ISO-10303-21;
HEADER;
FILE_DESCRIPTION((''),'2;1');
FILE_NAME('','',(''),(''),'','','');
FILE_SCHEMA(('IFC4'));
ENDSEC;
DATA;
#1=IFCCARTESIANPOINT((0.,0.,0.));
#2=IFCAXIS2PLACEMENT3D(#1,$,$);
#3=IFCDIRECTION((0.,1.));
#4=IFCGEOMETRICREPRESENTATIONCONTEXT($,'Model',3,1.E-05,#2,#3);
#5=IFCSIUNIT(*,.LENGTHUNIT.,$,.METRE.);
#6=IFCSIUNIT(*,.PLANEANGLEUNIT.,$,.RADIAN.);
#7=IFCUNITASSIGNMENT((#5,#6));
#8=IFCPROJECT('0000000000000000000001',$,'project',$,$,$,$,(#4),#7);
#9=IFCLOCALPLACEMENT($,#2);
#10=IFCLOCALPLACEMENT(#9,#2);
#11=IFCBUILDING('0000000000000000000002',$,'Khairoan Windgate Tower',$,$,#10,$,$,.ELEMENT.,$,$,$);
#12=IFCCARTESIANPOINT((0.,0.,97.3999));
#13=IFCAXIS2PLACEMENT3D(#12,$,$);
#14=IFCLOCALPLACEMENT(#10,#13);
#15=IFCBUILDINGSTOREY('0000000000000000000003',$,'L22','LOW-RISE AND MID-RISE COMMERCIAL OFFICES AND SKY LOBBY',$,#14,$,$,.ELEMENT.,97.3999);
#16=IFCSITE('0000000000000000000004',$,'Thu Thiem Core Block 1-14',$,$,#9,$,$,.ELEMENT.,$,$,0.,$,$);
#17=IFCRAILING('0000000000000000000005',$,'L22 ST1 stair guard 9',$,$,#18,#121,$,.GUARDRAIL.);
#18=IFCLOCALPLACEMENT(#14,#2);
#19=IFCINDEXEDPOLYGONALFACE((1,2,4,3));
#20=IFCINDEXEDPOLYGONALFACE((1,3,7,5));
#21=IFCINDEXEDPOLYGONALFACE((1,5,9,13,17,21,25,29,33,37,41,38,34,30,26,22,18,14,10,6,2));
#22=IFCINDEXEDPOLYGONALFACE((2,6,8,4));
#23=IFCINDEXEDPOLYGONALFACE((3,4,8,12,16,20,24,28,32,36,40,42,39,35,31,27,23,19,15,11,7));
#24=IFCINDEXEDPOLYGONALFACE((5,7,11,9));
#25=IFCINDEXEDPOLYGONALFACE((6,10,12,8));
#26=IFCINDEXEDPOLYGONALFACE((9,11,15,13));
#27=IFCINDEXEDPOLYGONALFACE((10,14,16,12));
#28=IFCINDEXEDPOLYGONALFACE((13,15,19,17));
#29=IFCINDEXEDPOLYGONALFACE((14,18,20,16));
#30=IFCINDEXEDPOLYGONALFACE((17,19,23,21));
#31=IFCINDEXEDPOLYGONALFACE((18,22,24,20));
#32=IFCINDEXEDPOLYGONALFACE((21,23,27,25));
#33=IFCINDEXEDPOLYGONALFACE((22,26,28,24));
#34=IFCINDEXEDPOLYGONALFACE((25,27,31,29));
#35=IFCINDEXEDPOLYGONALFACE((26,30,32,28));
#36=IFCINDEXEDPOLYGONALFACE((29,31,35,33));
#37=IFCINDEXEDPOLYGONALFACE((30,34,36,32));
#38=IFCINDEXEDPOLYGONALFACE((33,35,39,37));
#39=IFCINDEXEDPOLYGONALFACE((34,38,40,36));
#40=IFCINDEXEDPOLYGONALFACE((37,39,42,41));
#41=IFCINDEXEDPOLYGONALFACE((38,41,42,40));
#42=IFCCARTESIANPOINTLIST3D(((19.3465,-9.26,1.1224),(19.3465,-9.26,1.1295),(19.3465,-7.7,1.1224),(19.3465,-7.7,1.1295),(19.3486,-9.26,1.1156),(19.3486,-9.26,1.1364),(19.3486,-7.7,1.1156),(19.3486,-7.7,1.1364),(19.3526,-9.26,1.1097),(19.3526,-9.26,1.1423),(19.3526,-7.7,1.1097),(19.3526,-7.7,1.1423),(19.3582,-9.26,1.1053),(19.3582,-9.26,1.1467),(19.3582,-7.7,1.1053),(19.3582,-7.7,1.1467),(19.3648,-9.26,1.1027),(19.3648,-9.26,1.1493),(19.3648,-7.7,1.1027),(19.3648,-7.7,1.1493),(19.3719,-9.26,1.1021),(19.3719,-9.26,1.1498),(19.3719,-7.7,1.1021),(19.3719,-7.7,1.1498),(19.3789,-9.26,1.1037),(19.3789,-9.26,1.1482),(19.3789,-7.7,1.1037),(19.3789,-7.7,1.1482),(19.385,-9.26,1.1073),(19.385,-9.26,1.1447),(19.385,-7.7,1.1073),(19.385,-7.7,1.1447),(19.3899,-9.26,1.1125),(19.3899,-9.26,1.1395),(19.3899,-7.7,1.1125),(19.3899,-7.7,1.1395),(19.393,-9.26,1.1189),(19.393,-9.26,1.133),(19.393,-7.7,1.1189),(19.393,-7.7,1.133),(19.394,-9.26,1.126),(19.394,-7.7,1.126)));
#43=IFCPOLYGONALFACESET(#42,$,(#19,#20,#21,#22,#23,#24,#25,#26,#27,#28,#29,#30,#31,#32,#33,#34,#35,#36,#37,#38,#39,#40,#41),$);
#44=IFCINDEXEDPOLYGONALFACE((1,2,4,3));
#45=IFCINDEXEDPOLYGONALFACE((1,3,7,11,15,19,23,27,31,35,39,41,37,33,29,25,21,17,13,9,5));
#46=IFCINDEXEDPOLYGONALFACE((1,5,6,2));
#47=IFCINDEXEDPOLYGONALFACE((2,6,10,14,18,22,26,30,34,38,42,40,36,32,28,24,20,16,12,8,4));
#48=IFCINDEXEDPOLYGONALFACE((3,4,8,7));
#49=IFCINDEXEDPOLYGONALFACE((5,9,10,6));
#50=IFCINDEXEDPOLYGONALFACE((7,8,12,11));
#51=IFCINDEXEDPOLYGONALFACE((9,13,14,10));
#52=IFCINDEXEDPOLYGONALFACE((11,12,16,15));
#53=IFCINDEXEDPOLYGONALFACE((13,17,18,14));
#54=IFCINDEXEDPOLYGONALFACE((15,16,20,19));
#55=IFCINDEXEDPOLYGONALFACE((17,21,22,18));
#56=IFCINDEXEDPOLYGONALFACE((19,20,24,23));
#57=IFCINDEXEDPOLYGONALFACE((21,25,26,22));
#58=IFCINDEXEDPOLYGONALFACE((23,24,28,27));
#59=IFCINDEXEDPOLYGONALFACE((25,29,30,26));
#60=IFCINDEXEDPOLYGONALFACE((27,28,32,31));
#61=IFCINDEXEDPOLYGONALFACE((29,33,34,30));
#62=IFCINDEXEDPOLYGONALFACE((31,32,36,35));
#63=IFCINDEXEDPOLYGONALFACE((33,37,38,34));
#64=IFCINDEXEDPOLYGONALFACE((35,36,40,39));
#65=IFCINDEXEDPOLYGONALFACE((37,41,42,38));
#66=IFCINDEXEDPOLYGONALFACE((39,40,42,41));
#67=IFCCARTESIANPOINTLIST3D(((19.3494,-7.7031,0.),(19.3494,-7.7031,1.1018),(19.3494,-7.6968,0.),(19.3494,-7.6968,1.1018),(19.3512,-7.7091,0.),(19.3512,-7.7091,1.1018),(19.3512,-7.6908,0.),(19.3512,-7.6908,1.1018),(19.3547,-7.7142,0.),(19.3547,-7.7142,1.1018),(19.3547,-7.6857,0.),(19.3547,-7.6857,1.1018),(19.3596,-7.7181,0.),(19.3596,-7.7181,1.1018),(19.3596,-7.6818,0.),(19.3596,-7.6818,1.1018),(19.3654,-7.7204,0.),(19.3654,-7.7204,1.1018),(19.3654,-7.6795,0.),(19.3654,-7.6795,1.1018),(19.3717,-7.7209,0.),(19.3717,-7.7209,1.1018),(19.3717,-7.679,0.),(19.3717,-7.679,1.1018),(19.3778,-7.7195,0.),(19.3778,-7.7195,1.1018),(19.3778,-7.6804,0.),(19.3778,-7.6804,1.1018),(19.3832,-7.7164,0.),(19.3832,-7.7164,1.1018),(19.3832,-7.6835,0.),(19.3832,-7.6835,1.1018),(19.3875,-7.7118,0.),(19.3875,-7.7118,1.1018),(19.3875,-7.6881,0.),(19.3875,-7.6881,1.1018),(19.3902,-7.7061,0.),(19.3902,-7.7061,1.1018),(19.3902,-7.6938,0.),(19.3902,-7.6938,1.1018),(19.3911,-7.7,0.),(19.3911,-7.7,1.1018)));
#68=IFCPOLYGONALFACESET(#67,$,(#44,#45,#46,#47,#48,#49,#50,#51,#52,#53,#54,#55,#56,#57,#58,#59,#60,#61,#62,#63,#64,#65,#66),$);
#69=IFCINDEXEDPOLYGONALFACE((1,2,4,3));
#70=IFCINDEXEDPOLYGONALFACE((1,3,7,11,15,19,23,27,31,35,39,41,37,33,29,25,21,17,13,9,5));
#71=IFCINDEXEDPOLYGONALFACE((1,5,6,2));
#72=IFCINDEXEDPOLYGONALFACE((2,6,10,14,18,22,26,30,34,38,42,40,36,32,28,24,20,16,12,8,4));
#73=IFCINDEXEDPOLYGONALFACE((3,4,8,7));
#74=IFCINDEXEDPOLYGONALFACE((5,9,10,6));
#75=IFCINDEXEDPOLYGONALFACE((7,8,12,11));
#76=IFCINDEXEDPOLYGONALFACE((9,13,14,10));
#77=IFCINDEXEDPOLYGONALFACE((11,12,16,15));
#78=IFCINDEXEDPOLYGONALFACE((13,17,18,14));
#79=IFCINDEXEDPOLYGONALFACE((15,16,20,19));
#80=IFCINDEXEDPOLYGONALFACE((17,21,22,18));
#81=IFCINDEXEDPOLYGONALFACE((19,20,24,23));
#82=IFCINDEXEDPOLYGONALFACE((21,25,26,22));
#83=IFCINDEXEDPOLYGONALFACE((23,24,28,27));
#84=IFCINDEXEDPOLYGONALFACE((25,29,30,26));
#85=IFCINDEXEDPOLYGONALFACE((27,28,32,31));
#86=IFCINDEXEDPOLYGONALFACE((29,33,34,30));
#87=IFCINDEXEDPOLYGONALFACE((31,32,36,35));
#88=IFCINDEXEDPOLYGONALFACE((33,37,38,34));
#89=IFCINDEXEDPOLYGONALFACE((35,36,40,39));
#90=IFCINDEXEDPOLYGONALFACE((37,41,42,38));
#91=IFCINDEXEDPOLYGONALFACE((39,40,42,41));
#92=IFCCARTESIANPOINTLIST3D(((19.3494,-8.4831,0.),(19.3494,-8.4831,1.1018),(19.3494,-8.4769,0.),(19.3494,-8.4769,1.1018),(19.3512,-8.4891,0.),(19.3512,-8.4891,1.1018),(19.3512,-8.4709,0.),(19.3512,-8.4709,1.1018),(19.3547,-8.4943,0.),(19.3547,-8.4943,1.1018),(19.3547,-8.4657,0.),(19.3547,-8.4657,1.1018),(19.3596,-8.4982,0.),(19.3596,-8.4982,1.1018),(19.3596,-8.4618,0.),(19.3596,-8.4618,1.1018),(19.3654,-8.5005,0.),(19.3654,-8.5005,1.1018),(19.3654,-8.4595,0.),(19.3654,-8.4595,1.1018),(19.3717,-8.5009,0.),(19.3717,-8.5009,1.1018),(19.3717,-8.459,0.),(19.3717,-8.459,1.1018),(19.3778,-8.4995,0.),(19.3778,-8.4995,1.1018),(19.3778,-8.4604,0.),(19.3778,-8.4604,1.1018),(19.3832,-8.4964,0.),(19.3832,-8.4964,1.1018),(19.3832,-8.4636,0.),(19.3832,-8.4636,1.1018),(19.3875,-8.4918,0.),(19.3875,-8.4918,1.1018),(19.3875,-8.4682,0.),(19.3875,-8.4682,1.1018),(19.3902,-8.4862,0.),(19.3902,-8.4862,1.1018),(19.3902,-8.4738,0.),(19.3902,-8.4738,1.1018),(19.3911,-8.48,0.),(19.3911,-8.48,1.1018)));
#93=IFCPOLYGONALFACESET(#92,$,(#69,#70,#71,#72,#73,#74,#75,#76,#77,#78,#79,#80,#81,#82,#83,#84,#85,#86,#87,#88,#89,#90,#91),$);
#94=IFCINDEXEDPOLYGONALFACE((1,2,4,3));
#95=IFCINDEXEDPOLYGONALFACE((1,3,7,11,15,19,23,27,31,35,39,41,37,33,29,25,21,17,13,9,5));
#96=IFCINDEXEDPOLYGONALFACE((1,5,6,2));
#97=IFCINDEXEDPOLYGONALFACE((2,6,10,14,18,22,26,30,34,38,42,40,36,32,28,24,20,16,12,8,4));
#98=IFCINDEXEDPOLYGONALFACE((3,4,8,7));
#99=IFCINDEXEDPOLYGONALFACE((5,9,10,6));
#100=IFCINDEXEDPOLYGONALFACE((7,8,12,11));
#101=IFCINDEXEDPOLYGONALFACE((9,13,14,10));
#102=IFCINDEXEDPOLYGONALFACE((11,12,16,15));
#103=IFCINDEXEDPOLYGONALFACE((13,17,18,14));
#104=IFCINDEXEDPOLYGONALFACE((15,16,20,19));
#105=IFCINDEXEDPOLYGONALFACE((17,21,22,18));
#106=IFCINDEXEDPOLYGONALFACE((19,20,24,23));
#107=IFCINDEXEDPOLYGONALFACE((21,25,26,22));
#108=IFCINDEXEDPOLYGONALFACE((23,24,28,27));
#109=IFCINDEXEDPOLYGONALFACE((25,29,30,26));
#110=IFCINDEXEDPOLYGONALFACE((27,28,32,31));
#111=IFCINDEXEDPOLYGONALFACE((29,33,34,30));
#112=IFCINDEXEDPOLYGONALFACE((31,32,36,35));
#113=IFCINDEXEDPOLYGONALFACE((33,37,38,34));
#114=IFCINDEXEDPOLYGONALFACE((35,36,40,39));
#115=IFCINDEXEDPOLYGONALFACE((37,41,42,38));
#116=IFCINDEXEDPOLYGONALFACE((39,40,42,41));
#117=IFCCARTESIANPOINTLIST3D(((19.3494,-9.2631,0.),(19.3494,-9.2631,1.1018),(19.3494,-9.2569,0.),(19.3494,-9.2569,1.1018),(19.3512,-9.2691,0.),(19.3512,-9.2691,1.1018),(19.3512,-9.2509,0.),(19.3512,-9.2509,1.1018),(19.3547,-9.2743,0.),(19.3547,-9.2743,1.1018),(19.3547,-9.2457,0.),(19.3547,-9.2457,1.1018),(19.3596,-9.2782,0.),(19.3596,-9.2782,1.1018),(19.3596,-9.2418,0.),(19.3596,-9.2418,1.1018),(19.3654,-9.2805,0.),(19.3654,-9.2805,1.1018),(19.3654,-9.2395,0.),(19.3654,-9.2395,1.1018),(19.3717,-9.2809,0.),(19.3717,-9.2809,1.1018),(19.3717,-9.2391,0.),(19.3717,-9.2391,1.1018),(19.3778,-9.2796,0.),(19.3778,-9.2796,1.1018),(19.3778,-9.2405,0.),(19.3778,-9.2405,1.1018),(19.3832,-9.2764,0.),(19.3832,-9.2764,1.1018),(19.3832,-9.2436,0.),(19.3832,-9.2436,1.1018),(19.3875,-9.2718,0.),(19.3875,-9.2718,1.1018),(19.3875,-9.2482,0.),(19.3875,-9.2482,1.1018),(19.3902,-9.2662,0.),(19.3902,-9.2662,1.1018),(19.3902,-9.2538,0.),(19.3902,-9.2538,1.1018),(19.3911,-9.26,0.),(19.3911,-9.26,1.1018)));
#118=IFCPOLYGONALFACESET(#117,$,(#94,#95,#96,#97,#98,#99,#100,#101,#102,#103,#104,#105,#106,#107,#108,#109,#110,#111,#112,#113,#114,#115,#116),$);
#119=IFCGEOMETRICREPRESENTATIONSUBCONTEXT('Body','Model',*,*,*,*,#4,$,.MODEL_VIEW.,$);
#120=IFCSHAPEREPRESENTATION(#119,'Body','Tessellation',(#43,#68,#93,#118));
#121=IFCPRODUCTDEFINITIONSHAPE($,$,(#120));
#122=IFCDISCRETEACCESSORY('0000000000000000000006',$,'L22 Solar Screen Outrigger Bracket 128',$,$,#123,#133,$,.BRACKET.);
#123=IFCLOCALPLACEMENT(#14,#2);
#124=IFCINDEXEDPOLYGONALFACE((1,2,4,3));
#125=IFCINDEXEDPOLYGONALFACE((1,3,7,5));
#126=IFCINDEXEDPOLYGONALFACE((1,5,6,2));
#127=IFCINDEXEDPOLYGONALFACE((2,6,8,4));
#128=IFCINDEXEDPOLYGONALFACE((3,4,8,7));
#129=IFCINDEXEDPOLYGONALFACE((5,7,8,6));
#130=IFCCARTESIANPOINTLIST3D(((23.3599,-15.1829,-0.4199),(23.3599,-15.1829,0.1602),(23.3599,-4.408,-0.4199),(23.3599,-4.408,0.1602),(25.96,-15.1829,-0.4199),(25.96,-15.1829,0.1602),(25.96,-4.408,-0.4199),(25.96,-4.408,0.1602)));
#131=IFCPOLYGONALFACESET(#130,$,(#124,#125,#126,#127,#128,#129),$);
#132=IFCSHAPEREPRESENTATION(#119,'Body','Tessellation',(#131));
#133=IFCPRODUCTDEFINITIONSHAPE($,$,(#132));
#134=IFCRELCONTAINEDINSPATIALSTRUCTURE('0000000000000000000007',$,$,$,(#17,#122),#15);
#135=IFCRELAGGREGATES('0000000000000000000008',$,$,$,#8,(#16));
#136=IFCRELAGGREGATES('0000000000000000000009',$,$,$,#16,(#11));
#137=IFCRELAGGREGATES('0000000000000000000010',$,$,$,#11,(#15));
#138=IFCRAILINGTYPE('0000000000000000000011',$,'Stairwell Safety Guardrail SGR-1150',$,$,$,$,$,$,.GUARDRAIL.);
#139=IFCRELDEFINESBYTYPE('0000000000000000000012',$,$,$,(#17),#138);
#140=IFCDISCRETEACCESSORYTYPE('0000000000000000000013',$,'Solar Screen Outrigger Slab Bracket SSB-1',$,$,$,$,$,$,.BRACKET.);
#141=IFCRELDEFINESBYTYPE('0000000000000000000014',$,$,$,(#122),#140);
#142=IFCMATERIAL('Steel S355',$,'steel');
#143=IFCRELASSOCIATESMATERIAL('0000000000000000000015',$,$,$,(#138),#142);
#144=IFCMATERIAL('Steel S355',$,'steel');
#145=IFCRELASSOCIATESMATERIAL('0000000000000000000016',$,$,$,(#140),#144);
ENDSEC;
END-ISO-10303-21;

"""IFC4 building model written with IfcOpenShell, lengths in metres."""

from ifc_helpers import new_model, si_unit, direction, frame, origin, origin_2d, place, context, subcontext, project, spatial, rectangle, circle, extrude, material, type_object, element, save


model = new_model("IFC4")

# Units and contexts
model_context = context("Model", 3, precision=1e-05, world=origin(), true_north=direction((0.0, 1.0)))
body_context = subcontext(model_context, "Body", "Model", "MODEL_VIEW")
ifc_project = project(units=[si_unit("LENGTHUNIT", "METRE"), si_unit("PLANEANGLEUNIT", "RADIAN")], contexts=[model_context])

# Site, building, storey
site_placement = place(None, origin())
site = spatial("IfcSite", under=ifc_project, at=site_placement, Name="Thu Thiem Core Block 1-14", CompositionType="ELEMENT", RefElevation=0.0)
building_placement = place(site_placement, origin())
building = spatial("IfcBuilding", under=site, at=building_placement, Name="Khairoan Windgate Tower", CompositionType="ELEMENT")
storey_placement = place(building_placement, frame((0.0, 0.0, 97.3999)))
storey = spatial("IfcBuildingStorey", under=building, at=storey_placement, Name="L22", Description="LOW-RISE AND MID-RISE COMMERCIAL OFFICES AND SKY LOBBY", CompositionType="ELEMENT", Elevation=97.3999)

# Railing
ifc_material_1 = material(Name="Steel S355", Category="steel")
railing_type_1 = type_object("IfcRailingType", Name="Stairwell Safety Guardrail SGR-1150", PredefinedType="GUARDRAIL", material=ifc_material_1)
for number, where, name in (
    (1, (19.3701, -7.7, 0.0), "L22 ST1 stair guard 9"),
):
    element("IfcRailing", number, at=place(storey_placement, frame(where)), inside=storey, type_object=railing_type_1, Name=name, PredefinedType="GUARDRAIL", context=body_context, shape_type="SweptSolid", body=[
        extrude(circle(Radius=0.0239, at=origin_2d()), frame((0.0, 0.0, 1.126), z_axis=(0.0, -1.0, 0.0), x_axis=(1.0, 0.0, 0.0)), (0.0, 0.0, 1.0), 1.5601),
        extrude(circle(Radius=0.021, at=origin_2d()), origin(), (0.0, 0.0, 1.0), 1.1018),
        extrude(circle(Radius=0.021, at=origin_2d()), frame((0.0, -0.78, 0.0)), (0.0, 0.0, 1.0), 1.1018),
        extrude(circle(Radius=0.021, at=origin_2d()), frame((0.0, -1.5601, 0.0)), (0.0, 0.0, 1.0), 1.1018),
    ])

# Discrete accessory
ifc_material_2 = material(Name="Steel S355", Category="steel")
discrete_accessory_type = type_object("IfcDiscreteAccessoryType", Name="Solar Screen Outrigger Slab Bracket SSB-1", PredefinedType="BRACKET", material=ifc_material_2)
discrete_accessory_placement = place(storey_placement, frame((24.6599, -9.7954, -0.4199), z_axis=(0.0, 0.0, 1.0), x_axis=(0.0, -1.0, 0.0)))
element("IfcDiscreteAccessory", 2, at=discrete_accessory_placement, inside=storey, type_object=discrete_accessory_type, Name="L22 Solar Screen Outrigger Bracket 128", PredefinedType="BRACKET", context=body_context, shape_type="SweptSolid", body=[
    extrude(rectangle(XDim=10.7749, YDim=2.6001, at=origin_2d()), origin(), (0.0, 0.0, 1.0), 0.5801),
])

save(model, "model.ifc")
